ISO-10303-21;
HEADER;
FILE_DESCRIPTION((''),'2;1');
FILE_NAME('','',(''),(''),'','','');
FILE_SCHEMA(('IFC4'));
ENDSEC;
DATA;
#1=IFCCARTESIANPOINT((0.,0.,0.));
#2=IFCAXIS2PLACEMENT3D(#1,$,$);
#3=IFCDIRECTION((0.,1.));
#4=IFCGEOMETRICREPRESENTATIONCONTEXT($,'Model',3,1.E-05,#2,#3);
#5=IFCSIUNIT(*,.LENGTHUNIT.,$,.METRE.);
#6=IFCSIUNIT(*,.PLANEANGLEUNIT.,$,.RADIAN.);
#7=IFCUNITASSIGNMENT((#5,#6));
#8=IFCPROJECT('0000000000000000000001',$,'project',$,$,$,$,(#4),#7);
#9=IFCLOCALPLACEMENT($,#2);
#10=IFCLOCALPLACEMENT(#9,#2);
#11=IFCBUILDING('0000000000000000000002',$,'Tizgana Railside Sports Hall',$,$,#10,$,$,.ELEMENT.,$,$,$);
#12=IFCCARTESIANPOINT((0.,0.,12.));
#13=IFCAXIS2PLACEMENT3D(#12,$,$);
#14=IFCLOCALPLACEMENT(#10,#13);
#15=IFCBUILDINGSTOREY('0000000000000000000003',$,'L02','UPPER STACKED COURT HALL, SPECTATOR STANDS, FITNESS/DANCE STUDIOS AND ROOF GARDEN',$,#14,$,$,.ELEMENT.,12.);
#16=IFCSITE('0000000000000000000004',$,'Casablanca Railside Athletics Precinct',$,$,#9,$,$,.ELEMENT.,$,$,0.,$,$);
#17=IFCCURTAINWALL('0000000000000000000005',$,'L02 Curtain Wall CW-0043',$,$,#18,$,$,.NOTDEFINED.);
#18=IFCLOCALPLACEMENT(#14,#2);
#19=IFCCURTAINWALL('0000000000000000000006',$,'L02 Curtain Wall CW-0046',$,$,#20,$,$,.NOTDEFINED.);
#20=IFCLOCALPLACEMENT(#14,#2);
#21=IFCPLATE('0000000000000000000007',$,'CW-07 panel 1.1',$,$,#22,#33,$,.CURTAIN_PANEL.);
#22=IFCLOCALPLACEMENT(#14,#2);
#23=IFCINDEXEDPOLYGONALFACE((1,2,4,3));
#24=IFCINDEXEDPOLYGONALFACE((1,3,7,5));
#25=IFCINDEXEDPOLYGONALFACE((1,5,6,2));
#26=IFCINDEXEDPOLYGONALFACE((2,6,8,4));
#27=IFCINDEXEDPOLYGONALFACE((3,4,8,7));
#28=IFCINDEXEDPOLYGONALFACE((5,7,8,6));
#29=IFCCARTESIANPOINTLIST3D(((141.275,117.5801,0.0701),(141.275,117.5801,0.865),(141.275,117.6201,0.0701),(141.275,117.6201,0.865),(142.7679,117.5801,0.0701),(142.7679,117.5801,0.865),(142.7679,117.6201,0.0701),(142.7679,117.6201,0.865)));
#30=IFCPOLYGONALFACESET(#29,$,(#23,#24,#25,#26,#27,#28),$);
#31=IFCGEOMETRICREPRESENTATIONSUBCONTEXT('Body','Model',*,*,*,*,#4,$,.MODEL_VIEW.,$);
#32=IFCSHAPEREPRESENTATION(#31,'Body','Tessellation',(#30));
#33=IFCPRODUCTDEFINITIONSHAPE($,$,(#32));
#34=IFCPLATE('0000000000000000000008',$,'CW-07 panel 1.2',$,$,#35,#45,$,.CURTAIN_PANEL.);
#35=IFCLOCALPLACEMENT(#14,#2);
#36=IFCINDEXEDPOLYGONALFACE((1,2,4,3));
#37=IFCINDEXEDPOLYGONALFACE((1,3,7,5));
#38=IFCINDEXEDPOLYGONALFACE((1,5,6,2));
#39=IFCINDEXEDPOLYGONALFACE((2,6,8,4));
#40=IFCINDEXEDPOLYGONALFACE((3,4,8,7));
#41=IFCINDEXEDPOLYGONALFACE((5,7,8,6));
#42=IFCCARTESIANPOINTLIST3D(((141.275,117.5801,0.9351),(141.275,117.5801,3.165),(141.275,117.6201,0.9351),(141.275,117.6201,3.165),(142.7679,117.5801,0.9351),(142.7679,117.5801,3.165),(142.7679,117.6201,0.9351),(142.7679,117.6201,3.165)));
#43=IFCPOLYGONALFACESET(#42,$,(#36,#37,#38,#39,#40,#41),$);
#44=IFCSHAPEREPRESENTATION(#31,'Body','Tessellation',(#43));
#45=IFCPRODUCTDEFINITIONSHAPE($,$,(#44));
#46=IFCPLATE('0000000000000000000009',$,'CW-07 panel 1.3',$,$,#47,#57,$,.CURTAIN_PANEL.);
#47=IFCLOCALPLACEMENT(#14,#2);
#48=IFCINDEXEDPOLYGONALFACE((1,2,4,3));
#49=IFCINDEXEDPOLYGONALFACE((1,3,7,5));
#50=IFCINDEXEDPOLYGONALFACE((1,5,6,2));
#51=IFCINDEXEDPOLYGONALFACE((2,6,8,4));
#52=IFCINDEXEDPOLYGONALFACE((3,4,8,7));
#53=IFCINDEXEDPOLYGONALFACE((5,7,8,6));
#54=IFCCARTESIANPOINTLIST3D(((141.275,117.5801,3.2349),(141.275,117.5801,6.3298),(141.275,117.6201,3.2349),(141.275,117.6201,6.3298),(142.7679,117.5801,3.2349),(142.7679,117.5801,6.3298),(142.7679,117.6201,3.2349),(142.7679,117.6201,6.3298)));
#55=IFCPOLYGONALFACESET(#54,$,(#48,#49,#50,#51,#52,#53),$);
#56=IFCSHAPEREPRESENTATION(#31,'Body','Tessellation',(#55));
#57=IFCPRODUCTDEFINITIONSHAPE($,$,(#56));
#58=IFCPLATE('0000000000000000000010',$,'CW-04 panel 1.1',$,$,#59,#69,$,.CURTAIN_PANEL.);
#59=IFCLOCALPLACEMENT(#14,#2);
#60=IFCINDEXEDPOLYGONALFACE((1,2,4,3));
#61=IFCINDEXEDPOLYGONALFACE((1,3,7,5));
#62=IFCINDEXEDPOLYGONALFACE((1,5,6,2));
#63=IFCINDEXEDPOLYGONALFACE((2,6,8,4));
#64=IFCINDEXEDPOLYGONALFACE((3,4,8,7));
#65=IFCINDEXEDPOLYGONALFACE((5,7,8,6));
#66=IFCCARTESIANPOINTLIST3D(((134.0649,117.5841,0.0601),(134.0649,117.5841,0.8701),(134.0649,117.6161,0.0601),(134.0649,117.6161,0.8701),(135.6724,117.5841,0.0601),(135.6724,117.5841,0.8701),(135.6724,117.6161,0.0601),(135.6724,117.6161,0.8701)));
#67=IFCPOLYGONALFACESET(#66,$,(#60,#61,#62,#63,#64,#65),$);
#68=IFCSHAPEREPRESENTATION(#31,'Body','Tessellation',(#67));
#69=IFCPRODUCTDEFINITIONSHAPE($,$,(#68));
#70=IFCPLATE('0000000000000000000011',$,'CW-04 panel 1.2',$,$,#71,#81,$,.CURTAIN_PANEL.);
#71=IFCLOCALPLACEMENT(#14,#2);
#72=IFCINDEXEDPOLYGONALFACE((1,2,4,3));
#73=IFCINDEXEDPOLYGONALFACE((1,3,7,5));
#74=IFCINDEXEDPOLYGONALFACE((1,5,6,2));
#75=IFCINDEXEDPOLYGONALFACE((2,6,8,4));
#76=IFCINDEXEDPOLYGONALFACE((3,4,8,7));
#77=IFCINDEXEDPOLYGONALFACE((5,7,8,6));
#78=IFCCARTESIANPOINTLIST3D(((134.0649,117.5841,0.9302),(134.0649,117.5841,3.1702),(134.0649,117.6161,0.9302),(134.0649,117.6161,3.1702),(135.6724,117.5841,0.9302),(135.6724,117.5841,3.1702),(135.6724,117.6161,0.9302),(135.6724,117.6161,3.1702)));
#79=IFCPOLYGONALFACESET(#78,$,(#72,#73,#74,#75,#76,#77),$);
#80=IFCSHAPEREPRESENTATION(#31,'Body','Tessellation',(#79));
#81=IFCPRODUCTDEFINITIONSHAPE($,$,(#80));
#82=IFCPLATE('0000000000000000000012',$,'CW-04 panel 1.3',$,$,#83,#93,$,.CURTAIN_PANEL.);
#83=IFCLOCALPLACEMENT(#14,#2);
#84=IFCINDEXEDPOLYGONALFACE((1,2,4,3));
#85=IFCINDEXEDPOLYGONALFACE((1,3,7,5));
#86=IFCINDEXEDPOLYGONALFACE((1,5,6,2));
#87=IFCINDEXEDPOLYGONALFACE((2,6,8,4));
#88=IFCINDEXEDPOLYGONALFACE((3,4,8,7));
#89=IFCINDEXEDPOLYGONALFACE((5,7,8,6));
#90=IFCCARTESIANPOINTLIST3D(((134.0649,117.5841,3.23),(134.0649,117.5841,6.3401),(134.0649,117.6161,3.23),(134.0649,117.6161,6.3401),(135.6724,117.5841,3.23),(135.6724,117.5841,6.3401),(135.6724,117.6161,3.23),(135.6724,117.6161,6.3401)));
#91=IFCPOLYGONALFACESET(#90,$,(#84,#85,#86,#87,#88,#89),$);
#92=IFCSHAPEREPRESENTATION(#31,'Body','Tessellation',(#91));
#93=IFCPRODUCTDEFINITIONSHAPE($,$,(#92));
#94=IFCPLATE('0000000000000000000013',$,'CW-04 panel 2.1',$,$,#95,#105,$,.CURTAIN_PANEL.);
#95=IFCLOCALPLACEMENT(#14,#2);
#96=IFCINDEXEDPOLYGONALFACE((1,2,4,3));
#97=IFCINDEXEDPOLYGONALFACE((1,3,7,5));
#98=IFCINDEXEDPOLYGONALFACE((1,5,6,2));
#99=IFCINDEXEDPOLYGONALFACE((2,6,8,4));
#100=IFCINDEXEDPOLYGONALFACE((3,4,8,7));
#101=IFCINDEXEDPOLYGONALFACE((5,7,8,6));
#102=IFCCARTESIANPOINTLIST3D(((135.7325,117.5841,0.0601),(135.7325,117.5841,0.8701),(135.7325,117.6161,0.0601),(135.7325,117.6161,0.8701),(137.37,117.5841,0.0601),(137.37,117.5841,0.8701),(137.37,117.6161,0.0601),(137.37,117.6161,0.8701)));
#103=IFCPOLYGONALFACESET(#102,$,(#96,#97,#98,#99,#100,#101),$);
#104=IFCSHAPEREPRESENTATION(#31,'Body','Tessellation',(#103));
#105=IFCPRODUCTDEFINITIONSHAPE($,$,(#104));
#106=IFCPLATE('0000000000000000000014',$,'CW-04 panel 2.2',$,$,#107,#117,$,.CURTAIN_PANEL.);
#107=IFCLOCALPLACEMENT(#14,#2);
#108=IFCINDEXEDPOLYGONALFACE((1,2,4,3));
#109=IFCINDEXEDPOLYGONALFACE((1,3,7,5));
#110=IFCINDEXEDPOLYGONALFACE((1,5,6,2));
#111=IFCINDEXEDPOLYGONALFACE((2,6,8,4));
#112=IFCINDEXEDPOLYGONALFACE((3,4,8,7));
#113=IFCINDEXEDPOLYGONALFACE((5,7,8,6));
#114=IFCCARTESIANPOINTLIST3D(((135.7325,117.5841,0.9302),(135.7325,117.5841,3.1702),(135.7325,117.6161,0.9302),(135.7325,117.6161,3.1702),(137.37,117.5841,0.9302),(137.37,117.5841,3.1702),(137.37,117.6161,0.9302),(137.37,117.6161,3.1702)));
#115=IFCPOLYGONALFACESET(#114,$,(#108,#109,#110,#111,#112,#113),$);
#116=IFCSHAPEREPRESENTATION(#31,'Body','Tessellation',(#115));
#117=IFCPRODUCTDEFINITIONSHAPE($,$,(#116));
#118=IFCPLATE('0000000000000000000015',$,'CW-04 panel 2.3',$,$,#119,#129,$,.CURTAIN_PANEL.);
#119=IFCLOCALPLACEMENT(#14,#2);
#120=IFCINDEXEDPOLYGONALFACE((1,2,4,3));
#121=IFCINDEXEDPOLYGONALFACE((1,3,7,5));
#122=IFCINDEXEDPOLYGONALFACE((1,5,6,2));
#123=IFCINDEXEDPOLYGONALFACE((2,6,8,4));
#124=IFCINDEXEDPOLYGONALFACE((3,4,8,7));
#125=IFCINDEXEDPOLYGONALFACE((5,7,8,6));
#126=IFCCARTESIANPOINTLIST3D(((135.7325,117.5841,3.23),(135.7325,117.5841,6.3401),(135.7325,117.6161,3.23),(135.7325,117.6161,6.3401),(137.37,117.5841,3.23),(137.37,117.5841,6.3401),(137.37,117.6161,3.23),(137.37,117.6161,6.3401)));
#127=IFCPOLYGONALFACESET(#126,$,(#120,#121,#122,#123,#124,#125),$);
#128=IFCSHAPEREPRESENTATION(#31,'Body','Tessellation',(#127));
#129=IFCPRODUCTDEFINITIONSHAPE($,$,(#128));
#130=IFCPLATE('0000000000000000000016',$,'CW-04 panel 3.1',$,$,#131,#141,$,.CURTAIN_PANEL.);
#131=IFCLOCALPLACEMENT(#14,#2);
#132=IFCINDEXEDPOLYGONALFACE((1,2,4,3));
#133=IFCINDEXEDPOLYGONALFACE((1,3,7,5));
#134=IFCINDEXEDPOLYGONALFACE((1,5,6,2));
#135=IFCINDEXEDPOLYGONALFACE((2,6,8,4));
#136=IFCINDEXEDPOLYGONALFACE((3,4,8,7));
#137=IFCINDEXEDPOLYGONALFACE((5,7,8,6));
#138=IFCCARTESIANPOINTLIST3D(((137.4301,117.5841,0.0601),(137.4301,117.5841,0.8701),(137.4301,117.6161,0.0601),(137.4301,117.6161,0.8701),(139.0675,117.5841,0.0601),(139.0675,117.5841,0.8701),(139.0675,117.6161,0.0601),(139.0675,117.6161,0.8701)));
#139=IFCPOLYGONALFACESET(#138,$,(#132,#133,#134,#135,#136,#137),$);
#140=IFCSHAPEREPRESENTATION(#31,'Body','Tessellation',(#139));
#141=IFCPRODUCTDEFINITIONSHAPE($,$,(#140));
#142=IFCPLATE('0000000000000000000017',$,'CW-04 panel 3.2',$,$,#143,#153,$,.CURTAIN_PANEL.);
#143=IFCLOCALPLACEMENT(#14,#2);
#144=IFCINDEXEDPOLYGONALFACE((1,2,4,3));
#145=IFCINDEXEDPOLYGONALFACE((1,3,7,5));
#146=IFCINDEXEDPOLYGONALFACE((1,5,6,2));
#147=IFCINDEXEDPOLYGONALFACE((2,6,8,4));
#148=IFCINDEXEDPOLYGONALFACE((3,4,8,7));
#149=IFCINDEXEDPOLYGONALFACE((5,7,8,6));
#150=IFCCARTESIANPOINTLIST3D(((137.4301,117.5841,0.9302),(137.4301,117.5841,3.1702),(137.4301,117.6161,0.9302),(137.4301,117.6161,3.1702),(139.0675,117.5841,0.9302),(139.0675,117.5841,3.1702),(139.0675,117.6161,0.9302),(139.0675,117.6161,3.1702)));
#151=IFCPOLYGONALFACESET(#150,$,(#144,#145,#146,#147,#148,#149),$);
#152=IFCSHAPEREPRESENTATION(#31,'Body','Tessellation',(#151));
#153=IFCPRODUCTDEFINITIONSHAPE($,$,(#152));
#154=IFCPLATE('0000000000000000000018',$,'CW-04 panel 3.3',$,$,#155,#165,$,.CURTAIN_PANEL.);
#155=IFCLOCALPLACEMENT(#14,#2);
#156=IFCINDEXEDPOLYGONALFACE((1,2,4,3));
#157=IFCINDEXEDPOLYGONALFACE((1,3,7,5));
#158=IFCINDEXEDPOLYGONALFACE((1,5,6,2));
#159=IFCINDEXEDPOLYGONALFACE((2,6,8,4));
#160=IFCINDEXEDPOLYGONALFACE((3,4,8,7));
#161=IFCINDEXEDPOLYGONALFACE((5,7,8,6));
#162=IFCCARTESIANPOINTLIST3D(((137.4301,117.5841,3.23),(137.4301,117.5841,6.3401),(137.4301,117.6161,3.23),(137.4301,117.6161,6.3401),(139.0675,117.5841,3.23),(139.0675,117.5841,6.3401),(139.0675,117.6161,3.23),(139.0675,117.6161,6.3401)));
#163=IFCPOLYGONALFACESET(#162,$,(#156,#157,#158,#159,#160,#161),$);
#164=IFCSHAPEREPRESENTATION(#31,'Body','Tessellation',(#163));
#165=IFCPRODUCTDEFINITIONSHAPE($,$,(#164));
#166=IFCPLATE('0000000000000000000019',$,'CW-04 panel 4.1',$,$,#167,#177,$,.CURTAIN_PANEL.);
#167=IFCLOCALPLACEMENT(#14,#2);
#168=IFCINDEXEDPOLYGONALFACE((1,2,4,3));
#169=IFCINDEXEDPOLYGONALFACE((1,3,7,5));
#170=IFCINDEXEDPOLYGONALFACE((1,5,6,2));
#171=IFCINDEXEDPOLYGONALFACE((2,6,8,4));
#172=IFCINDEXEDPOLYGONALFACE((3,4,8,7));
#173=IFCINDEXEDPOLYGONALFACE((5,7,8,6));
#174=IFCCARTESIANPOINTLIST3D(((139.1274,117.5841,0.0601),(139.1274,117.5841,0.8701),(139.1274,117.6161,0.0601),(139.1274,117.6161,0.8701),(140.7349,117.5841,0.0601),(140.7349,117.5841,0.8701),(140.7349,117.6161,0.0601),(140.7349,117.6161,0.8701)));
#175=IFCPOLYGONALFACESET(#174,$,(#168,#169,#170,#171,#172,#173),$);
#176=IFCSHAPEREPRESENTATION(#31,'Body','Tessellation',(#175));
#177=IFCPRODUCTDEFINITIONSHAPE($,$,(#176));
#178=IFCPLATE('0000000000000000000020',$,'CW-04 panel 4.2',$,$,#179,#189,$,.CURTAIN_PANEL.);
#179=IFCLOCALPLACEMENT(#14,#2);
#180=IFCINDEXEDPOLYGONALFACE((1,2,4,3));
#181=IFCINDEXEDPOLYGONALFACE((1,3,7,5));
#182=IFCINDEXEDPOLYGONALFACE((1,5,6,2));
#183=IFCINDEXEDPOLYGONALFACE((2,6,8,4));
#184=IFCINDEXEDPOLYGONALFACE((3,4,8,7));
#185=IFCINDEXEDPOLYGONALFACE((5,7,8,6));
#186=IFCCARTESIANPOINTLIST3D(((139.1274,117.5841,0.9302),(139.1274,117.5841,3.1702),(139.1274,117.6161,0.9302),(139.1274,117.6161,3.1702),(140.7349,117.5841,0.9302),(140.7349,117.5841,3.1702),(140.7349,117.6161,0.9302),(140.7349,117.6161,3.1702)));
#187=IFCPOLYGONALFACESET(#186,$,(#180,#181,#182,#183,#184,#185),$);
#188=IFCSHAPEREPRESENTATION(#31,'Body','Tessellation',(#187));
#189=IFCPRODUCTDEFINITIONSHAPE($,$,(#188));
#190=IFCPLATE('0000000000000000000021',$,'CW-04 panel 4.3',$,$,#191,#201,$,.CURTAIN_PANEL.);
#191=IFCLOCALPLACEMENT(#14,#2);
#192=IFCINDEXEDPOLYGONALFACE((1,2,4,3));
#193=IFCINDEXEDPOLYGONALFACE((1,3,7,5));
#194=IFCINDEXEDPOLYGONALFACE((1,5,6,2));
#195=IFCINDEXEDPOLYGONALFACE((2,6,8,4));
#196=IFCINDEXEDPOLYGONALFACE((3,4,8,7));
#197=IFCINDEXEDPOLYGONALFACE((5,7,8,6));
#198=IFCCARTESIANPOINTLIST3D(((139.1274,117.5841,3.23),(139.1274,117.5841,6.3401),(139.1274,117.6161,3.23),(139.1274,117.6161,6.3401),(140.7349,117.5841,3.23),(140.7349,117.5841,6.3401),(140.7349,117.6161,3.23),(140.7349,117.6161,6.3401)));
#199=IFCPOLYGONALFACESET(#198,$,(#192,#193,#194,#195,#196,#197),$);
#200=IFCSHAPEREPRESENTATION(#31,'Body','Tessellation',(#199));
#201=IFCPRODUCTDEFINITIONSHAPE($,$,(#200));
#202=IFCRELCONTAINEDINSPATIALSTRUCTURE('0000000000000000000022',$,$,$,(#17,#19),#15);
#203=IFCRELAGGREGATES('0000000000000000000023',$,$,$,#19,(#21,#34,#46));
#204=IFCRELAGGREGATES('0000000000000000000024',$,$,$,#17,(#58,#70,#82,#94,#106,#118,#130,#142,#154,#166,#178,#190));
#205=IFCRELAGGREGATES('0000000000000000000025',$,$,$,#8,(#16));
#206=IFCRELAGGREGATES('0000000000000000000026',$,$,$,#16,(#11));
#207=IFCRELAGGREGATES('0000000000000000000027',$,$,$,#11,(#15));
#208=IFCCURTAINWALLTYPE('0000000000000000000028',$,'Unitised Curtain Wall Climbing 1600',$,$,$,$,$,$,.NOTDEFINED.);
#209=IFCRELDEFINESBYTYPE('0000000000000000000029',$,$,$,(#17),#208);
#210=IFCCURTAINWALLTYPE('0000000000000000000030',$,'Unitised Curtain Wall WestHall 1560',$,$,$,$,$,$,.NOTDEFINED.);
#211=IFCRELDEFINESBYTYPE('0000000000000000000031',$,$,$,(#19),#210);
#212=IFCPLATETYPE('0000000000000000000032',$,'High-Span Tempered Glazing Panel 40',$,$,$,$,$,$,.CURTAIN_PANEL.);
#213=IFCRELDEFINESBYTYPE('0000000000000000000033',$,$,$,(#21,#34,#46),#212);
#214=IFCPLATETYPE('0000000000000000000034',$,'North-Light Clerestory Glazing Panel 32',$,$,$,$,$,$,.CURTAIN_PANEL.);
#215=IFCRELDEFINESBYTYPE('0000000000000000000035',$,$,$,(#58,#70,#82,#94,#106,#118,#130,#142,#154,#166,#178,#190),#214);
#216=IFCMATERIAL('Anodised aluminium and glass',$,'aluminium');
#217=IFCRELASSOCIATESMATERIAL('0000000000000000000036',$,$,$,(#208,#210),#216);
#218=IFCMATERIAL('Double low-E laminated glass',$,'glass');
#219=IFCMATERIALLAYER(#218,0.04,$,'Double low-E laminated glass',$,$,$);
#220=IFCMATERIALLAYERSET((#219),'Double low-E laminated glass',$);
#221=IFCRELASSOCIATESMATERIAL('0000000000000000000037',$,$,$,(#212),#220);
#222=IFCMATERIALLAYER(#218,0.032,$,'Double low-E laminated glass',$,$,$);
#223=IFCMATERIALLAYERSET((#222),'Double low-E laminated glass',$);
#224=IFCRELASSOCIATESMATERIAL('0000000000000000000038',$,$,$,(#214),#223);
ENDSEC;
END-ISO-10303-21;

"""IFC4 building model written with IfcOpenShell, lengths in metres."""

from ifc_helpers import new_model, si_unit, direction, frame, origin, origin_2d, place, context, subcontext, project, spatial, rectangle, extrude, material, layer, layer_set, type_object, element, aggregate, save


model = new_model("IFC4")

# Units and contexts
model_context = context("Model", 3, precision=1e-05, world=origin(), true_north=direction((0.0, 1.0)))
body_context = subcontext(model_context, "Body", "Model", "MODEL_VIEW")
ifc_project = project(units=[si_unit("LENGTHUNIT", "METRE"), si_unit("PLANEANGLEUNIT", "RADIAN")], contexts=[model_context])

# Site, building, storey
site_placement = place(None, origin())
site = spatial("IfcSite", under=ifc_project, at=site_placement, Name="Casablanca Railside Athletics Precinct", CompositionType="ELEMENT", RefElevation=0.0)
building_placement = place(site_placement, origin())
building = spatial("IfcBuilding", under=site, at=building_placement, Name="Tizgana Railside Sports Hall", CompositionType="ELEMENT")
storey_placement = place(building_placement, frame((0.0, 0.0, 12.0)))
storey = spatial("IfcBuildingStorey", under=building, at=storey_placement, Name="L02", Description="UPPER STACKED COURT HALL, SPECTATOR STANDS, FITNESS/DANCE STUDIOS AND ROOF GARDEN", CompositionType="ELEMENT", Elevation=12.0)

# Curtain walls
ifc_material_1 = material(Name="Anodised aluminium and glass", Category="aluminium")
curtain_wall_type_1 = type_object("IfcCurtainWallType", Name="Unitised Curtain Wall Climbing 1600", PredefinedType="NOTDEFINED", material=ifc_material_1)
curtain_wall_1_placement = place(storey_placement, origin())
curtain_wall_1 = element("IfcCurtainWall", 1, at=curtain_wall_1_placement, inside=storey, type_object=curtain_wall_type_1, Name="L02 Curtain Wall CW-0043", PredefinedType="NOTDEFINED")
curtain_wall_type_2 = type_object("IfcCurtainWallType", Name="Unitised Curtain Wall WestHall 1560", PredefinedType="NOTDEFINED", material=ifc_material_1)
curtain_wall_2_placement = place(storey_placement, origin())
curtain_wall_2 = element("IfcCurtainWall", 2, at=curtain_wall_2_placement, inside=storey, type_object=curtain_wall_type_2, Name="L02 Curtain Wall CW-0046", PredefinedType="NOTDEFINED")

# Plates
ifc_material_2 = material(Name="Double low-E laminated glass", Category="glass")
ifc_layer_1 = layer(ifc_material_2, 0.04, Name="Double low-E laminated glass")
ifc_layer_set_1 = layer_set([ifc_layer_1], Name="Double low-E laminated glass")
plate_type_1 = type_object("IfcPlateType", Name="High-Span Tempered Glazing Panel 40", PredefinedType="CURTAIN_PANEL", material=ifc_layer_set_1)
plate_1_placement = place(storey_placement, frame((142.0215, 117.6001, 0.0701), z_axis=(0.0, 0.0, 1.0), x_axis=(1.0, 0.0, 0.0)))
plate_1 = element("IfcPlate", 3, at=plate_1_placement, type_object=plate_type_1, Name="CW-07 panel 1.1", PredefinedType="CURTAIN_PANEL", context=body_context, shape_type="SweptSolid", body=[
    extrude(rectangle(XDim=1.4929, YDim=0.04, at=origin_2d()), origin(), (0.0, 0.0, 1.0), 0.7949),
])
plate_2_placement = place(storey_placement, frame((142.0215, 117.6001, 0.9351), z_axis=(0.0, 0.0, 1.0), x_axis=(1.0, 0.0, 0.0)))
plate_2 = element("IfcPlate", 4, at=plate_2_placement, type_object=plate_type_1, Name="CW-07 panel 1.2", PredefinedType="CURTAIN_PANEL", context=body_context, shape_type="SweptSolid", body=[
    extrude(rectangle(XDim=1.4929, YDim=0.04, at=origin_2d()), origin(), (0.0, 0.0, 1.0), 2.23),
])
plate_3_placement = place(storey_placement, frame((142.0215, 117.6001, 3.2349), z_axis=(0.0, 0.0, 1.0), x_axis=(1.0, 0.0, 0.0)))
plate_3 = element("IfcPlate", 5, at=plate_3_placement, type_object=plate_type_1, Name="CW-07 panel 1.3", PredefinedType="CURTAIN_PANEL", context=body_context, shape_type="SweptSolid", body=[
    extrude(rectangle(XDim=1.4929, YDim=0.04, at=origin_2d()), origin(), (0.0, 0.0, 1.0), 3.095),
])
aggregate(curtain_wall_2, [plate_1, plate_2, plate_3])
ifc_layer_2 = layer(ifc_material_2, 0.032, Name="Double low-E laminated glass")
ifc_layer_set_2 = layer_set([ifc_layer_2], Name="Double low-E laminated glass")
plate_type_2 = type_object("IfcPlateType", Name="North-Light Clerestory Glazing Panel 32", PredefinedType="CURTAIN_PANEL", material=ifc_layer_set_2)
plate_4_placement = place(storey_placement, frame((134.8687, 117.6001, 0.0601), z_axis=(0.0, 0.0, 1.0), x_axis=(1.0, 0.0, 0.0)))
plate_4 = element("IfcPlate", 6, at=plate_4_placement, type_object=plate_type_2, Name="CW-04 panel 1.1", PredefinedType="CURTAIN_PANEL", context=body_context, shape_type="SweptSolid", body=[
    extrude(rectangle(XDim=1.6074, YDim=0.032, at=origin_2d()), origin(), (0.0, 0.0, 1.0), 0.8101),
])
plate_5_placement = place(storey_placement, frame((134.8687, 117.6001, 0.9302), z_axis=(0.0, 0.0, 1.0), x_axis=(1.0, 0.0, 0.0)))
plate_5 = element("IfcPlate", 7, at=plate_5_placement, type_object=plate_type_2, Name="CW-04 panel 1.2", PredefinedType="CURTAIN_PANEL", context=body_context, shape_type="SweptSolid", body=[
    extrude(rectangle(XDim=1.6074, YDim=0.032, at=origin_2d()), origin(), (0.0, 0.0, 1.0), 2.24),
])
plate_6_placement = place(storey_placement, frame((134.8687, 117.6001, 3.23), z_axis=(0.0, 0.0, 1.0), x_axis=(1.0, 0.0, 0.0)))
plate_6 = element("IfcPlate", 8, at=plate_6_placement, type_object=plate_type_2, Name="CW-04 panel 1.3", PredefinedType="CURTAIN_PANEL", context=body_context, shape_type="SweptSolid", body=[
    extrude(rectangle(XDim=1.6074, YDim=0.032, at=origin_2d()), origin(), (0.0, 0.0, 1.0), 3.1101),
])
plate_7_placement = place(storey_placement, frame((136.5513, 117.6001, 0.0601), z_axis=(0.0, 0.0, 1.0), x_axis=(1.0, 0.0, 0.0)))
plate_7 = element("IfcPlate", 9, at=plate_7_placement, type_object=plate_type_2, Name="CW-04 panel 2.1", PredefinedType="CURTAIN_PANEL", context=body_context, shape_type="SweptSolid", body=[
    extrude(rectangle(XDim=1.6375, YDim=0.032, at=origin_2d()), origin(), (0.0, 0.0, 1.0), 0.8101),
])
plate_8_placement = place(storey_placement, frame((136.5513, 117.6001, 0.9302), z_axis=(0.0, 0.0, 1.0), x_axis=(1.0, 0.0, 0.0)))
plate_8 = element("IfcPlate", 10, at=plate_8_placement, type_object=plate_type_2, Name="CW-04 panel 2.2", PredefinedType="CURTAIN_PANEL", context=body_context, shape_type="SweptSolid", body=[
    extrude(rectangle(XDim=1.6375, YDim=0.032, at=origin_2d()), origin(), (0.0, 0.0, 1.0), 2.24),
])
plate_9_placement = place(storey_placement, frame((136.5513, 117.6001, 3.23), z_axis=(0.0, 0.0, 1.0), x_axis=(1.0, 0.0, 0.0)))
plate_9 = element("IfcPlate", 11, at=plate_9_placement, type_object=plate_type_2, Name="CW-04 panel 2.3", PredefinedType="CURTAIN_PANEL", context=body_context, shape_type="SweptSolid", body=[
    extrude(rectangle(XDim=1.6375, YDim=0.032, at=origin_2d()), origin(), (0.0, 0.0, 1.0), 3.1101),
])
plate_10_placement = place(storey_placement, frame((138.2488, 117.6001, 0.0601), z_axis=(0.0, 0.0, 1.0), x_axis=(1.0, 0.0, 0.0)))
plate_10 = element("IfcPlate", 12, at=plate_10_placement, type_object=plate_type_2, Name="CW-04 panel 3.1", PredefinedType="CURTAIN_PANEL", context=body_context, shape_type="SweptSolid", body=[
    extrude(rectangle(XDim=1.6375, YDim=0.032, at=origin_2d()), origin(), (0.0, 0.0, 1.0), 0.8101),
])
plate_11_placement = place(storey_placement, frame((138.2488, 117.6001, 0.9302), z_axis=(0.0, 0.0, 1.0), x_axis=(1.0, 0.0, 0.0)))
plate_11 = element("IfcPlate", 13, at=plate_11_placement, type_object=plate_type_2, Name="CW-04 panel 3.2", PredefinedType="CURTAIN_PANEL", context=body_context, shape_type="SweptSolid", body=[
    extrude(rectangle(XDim=1.6375, YDim=0.032, at=origin_2d()), origin(), (0.0, 0.0, 1.0), 2.24),
])
plate_12_placement = place(storey_placement, frame((138.2488, 117.6001, 3.23), z_axis=(0.0, 0.0, 1.0), x_axis=(1.0, 0.0, 0.0)))
plate_12 = element("IfcPlate", 14, at=plate_12_placement, type_object=plate_type_2, Name="CW-04 panel 3.3", PredefinedType="CURTAIN_PANEL", context=body_context, shape_type="SweptSolid", body=[
    extrude(rectangle(XDim=1.6375, YDim=0.032, at=origin_2d()), origin(), (0.0, 0.0, 1.0), 3.1101),
])
plate_13_placement = place(storey_placement, frame((139.9312, 117.6001, 0.0601), z_axis=(0.0, 0.0, 1.0), x_axis=(1.0, 0.0, 0.0)))
plate_13 = element("IfcPlate", 15, at=plate_13_placement, type_object=plate_type_2, Name="CW-04 panel 4.1", PredefinedType="CURTAIN_PANEL", context=body_context, shape_type="SweptSolid", body=[
    extrude(rectangle(XDim=1.6074, YDim=0.032, at=origin_2d()), origin(), (0.0, 0.0, 1.0), 0.8101),
])
plate_14_placement = place(storey_placement, frame((139.9312, 117.6001, 0.9302), z_axis=(0.0, 0.0, 1.0), x_axis=(1.0, 0.0, 0.0)))
plate_14 = element("IfcPlate", 16, at=plate_14_placement, type_object=plate_type_2, Name="CW-04 panel 4.2", PredefinedType="CURTAIN_PANEL", context=body_context, shape_type="SweptSolid", body=[
    extrude(rectangle(XDim=1.6074, YDim=0.032, at=origin_2d()), origin(), (0.0, 0.0, 1.0), 2.24),
])
plate_15_placement = place(storey_placement, frame((139.9312, 117.6001, 3.23), z_axis=(0.0, 0.0, 1.0), x_axis=(1.0, 0.0, 0.0)))
plate_15 = element("IfcPlate", 17, at=plate_15_placement, type_object=plate_type_2, Name="CW-04 panel 4.3", PredefinedType="CURTAIN_PANEL", context=body_context, shape_type="SweptSolid", body=[
    extrude(rectangle(XDim=1.6074, YDim=0.032, at=origin_2d()), origin(), (0.0, 0.0, 1.0), 3.1101),
])
aggregate(curtain_wall_1, [plate_4, plate_5, plate_6, plate_7, plate_8, plate_9, plate_10, plate_11, plate_12, plate_13, plate_14, plate_15])

save(model, "model.ifc")
